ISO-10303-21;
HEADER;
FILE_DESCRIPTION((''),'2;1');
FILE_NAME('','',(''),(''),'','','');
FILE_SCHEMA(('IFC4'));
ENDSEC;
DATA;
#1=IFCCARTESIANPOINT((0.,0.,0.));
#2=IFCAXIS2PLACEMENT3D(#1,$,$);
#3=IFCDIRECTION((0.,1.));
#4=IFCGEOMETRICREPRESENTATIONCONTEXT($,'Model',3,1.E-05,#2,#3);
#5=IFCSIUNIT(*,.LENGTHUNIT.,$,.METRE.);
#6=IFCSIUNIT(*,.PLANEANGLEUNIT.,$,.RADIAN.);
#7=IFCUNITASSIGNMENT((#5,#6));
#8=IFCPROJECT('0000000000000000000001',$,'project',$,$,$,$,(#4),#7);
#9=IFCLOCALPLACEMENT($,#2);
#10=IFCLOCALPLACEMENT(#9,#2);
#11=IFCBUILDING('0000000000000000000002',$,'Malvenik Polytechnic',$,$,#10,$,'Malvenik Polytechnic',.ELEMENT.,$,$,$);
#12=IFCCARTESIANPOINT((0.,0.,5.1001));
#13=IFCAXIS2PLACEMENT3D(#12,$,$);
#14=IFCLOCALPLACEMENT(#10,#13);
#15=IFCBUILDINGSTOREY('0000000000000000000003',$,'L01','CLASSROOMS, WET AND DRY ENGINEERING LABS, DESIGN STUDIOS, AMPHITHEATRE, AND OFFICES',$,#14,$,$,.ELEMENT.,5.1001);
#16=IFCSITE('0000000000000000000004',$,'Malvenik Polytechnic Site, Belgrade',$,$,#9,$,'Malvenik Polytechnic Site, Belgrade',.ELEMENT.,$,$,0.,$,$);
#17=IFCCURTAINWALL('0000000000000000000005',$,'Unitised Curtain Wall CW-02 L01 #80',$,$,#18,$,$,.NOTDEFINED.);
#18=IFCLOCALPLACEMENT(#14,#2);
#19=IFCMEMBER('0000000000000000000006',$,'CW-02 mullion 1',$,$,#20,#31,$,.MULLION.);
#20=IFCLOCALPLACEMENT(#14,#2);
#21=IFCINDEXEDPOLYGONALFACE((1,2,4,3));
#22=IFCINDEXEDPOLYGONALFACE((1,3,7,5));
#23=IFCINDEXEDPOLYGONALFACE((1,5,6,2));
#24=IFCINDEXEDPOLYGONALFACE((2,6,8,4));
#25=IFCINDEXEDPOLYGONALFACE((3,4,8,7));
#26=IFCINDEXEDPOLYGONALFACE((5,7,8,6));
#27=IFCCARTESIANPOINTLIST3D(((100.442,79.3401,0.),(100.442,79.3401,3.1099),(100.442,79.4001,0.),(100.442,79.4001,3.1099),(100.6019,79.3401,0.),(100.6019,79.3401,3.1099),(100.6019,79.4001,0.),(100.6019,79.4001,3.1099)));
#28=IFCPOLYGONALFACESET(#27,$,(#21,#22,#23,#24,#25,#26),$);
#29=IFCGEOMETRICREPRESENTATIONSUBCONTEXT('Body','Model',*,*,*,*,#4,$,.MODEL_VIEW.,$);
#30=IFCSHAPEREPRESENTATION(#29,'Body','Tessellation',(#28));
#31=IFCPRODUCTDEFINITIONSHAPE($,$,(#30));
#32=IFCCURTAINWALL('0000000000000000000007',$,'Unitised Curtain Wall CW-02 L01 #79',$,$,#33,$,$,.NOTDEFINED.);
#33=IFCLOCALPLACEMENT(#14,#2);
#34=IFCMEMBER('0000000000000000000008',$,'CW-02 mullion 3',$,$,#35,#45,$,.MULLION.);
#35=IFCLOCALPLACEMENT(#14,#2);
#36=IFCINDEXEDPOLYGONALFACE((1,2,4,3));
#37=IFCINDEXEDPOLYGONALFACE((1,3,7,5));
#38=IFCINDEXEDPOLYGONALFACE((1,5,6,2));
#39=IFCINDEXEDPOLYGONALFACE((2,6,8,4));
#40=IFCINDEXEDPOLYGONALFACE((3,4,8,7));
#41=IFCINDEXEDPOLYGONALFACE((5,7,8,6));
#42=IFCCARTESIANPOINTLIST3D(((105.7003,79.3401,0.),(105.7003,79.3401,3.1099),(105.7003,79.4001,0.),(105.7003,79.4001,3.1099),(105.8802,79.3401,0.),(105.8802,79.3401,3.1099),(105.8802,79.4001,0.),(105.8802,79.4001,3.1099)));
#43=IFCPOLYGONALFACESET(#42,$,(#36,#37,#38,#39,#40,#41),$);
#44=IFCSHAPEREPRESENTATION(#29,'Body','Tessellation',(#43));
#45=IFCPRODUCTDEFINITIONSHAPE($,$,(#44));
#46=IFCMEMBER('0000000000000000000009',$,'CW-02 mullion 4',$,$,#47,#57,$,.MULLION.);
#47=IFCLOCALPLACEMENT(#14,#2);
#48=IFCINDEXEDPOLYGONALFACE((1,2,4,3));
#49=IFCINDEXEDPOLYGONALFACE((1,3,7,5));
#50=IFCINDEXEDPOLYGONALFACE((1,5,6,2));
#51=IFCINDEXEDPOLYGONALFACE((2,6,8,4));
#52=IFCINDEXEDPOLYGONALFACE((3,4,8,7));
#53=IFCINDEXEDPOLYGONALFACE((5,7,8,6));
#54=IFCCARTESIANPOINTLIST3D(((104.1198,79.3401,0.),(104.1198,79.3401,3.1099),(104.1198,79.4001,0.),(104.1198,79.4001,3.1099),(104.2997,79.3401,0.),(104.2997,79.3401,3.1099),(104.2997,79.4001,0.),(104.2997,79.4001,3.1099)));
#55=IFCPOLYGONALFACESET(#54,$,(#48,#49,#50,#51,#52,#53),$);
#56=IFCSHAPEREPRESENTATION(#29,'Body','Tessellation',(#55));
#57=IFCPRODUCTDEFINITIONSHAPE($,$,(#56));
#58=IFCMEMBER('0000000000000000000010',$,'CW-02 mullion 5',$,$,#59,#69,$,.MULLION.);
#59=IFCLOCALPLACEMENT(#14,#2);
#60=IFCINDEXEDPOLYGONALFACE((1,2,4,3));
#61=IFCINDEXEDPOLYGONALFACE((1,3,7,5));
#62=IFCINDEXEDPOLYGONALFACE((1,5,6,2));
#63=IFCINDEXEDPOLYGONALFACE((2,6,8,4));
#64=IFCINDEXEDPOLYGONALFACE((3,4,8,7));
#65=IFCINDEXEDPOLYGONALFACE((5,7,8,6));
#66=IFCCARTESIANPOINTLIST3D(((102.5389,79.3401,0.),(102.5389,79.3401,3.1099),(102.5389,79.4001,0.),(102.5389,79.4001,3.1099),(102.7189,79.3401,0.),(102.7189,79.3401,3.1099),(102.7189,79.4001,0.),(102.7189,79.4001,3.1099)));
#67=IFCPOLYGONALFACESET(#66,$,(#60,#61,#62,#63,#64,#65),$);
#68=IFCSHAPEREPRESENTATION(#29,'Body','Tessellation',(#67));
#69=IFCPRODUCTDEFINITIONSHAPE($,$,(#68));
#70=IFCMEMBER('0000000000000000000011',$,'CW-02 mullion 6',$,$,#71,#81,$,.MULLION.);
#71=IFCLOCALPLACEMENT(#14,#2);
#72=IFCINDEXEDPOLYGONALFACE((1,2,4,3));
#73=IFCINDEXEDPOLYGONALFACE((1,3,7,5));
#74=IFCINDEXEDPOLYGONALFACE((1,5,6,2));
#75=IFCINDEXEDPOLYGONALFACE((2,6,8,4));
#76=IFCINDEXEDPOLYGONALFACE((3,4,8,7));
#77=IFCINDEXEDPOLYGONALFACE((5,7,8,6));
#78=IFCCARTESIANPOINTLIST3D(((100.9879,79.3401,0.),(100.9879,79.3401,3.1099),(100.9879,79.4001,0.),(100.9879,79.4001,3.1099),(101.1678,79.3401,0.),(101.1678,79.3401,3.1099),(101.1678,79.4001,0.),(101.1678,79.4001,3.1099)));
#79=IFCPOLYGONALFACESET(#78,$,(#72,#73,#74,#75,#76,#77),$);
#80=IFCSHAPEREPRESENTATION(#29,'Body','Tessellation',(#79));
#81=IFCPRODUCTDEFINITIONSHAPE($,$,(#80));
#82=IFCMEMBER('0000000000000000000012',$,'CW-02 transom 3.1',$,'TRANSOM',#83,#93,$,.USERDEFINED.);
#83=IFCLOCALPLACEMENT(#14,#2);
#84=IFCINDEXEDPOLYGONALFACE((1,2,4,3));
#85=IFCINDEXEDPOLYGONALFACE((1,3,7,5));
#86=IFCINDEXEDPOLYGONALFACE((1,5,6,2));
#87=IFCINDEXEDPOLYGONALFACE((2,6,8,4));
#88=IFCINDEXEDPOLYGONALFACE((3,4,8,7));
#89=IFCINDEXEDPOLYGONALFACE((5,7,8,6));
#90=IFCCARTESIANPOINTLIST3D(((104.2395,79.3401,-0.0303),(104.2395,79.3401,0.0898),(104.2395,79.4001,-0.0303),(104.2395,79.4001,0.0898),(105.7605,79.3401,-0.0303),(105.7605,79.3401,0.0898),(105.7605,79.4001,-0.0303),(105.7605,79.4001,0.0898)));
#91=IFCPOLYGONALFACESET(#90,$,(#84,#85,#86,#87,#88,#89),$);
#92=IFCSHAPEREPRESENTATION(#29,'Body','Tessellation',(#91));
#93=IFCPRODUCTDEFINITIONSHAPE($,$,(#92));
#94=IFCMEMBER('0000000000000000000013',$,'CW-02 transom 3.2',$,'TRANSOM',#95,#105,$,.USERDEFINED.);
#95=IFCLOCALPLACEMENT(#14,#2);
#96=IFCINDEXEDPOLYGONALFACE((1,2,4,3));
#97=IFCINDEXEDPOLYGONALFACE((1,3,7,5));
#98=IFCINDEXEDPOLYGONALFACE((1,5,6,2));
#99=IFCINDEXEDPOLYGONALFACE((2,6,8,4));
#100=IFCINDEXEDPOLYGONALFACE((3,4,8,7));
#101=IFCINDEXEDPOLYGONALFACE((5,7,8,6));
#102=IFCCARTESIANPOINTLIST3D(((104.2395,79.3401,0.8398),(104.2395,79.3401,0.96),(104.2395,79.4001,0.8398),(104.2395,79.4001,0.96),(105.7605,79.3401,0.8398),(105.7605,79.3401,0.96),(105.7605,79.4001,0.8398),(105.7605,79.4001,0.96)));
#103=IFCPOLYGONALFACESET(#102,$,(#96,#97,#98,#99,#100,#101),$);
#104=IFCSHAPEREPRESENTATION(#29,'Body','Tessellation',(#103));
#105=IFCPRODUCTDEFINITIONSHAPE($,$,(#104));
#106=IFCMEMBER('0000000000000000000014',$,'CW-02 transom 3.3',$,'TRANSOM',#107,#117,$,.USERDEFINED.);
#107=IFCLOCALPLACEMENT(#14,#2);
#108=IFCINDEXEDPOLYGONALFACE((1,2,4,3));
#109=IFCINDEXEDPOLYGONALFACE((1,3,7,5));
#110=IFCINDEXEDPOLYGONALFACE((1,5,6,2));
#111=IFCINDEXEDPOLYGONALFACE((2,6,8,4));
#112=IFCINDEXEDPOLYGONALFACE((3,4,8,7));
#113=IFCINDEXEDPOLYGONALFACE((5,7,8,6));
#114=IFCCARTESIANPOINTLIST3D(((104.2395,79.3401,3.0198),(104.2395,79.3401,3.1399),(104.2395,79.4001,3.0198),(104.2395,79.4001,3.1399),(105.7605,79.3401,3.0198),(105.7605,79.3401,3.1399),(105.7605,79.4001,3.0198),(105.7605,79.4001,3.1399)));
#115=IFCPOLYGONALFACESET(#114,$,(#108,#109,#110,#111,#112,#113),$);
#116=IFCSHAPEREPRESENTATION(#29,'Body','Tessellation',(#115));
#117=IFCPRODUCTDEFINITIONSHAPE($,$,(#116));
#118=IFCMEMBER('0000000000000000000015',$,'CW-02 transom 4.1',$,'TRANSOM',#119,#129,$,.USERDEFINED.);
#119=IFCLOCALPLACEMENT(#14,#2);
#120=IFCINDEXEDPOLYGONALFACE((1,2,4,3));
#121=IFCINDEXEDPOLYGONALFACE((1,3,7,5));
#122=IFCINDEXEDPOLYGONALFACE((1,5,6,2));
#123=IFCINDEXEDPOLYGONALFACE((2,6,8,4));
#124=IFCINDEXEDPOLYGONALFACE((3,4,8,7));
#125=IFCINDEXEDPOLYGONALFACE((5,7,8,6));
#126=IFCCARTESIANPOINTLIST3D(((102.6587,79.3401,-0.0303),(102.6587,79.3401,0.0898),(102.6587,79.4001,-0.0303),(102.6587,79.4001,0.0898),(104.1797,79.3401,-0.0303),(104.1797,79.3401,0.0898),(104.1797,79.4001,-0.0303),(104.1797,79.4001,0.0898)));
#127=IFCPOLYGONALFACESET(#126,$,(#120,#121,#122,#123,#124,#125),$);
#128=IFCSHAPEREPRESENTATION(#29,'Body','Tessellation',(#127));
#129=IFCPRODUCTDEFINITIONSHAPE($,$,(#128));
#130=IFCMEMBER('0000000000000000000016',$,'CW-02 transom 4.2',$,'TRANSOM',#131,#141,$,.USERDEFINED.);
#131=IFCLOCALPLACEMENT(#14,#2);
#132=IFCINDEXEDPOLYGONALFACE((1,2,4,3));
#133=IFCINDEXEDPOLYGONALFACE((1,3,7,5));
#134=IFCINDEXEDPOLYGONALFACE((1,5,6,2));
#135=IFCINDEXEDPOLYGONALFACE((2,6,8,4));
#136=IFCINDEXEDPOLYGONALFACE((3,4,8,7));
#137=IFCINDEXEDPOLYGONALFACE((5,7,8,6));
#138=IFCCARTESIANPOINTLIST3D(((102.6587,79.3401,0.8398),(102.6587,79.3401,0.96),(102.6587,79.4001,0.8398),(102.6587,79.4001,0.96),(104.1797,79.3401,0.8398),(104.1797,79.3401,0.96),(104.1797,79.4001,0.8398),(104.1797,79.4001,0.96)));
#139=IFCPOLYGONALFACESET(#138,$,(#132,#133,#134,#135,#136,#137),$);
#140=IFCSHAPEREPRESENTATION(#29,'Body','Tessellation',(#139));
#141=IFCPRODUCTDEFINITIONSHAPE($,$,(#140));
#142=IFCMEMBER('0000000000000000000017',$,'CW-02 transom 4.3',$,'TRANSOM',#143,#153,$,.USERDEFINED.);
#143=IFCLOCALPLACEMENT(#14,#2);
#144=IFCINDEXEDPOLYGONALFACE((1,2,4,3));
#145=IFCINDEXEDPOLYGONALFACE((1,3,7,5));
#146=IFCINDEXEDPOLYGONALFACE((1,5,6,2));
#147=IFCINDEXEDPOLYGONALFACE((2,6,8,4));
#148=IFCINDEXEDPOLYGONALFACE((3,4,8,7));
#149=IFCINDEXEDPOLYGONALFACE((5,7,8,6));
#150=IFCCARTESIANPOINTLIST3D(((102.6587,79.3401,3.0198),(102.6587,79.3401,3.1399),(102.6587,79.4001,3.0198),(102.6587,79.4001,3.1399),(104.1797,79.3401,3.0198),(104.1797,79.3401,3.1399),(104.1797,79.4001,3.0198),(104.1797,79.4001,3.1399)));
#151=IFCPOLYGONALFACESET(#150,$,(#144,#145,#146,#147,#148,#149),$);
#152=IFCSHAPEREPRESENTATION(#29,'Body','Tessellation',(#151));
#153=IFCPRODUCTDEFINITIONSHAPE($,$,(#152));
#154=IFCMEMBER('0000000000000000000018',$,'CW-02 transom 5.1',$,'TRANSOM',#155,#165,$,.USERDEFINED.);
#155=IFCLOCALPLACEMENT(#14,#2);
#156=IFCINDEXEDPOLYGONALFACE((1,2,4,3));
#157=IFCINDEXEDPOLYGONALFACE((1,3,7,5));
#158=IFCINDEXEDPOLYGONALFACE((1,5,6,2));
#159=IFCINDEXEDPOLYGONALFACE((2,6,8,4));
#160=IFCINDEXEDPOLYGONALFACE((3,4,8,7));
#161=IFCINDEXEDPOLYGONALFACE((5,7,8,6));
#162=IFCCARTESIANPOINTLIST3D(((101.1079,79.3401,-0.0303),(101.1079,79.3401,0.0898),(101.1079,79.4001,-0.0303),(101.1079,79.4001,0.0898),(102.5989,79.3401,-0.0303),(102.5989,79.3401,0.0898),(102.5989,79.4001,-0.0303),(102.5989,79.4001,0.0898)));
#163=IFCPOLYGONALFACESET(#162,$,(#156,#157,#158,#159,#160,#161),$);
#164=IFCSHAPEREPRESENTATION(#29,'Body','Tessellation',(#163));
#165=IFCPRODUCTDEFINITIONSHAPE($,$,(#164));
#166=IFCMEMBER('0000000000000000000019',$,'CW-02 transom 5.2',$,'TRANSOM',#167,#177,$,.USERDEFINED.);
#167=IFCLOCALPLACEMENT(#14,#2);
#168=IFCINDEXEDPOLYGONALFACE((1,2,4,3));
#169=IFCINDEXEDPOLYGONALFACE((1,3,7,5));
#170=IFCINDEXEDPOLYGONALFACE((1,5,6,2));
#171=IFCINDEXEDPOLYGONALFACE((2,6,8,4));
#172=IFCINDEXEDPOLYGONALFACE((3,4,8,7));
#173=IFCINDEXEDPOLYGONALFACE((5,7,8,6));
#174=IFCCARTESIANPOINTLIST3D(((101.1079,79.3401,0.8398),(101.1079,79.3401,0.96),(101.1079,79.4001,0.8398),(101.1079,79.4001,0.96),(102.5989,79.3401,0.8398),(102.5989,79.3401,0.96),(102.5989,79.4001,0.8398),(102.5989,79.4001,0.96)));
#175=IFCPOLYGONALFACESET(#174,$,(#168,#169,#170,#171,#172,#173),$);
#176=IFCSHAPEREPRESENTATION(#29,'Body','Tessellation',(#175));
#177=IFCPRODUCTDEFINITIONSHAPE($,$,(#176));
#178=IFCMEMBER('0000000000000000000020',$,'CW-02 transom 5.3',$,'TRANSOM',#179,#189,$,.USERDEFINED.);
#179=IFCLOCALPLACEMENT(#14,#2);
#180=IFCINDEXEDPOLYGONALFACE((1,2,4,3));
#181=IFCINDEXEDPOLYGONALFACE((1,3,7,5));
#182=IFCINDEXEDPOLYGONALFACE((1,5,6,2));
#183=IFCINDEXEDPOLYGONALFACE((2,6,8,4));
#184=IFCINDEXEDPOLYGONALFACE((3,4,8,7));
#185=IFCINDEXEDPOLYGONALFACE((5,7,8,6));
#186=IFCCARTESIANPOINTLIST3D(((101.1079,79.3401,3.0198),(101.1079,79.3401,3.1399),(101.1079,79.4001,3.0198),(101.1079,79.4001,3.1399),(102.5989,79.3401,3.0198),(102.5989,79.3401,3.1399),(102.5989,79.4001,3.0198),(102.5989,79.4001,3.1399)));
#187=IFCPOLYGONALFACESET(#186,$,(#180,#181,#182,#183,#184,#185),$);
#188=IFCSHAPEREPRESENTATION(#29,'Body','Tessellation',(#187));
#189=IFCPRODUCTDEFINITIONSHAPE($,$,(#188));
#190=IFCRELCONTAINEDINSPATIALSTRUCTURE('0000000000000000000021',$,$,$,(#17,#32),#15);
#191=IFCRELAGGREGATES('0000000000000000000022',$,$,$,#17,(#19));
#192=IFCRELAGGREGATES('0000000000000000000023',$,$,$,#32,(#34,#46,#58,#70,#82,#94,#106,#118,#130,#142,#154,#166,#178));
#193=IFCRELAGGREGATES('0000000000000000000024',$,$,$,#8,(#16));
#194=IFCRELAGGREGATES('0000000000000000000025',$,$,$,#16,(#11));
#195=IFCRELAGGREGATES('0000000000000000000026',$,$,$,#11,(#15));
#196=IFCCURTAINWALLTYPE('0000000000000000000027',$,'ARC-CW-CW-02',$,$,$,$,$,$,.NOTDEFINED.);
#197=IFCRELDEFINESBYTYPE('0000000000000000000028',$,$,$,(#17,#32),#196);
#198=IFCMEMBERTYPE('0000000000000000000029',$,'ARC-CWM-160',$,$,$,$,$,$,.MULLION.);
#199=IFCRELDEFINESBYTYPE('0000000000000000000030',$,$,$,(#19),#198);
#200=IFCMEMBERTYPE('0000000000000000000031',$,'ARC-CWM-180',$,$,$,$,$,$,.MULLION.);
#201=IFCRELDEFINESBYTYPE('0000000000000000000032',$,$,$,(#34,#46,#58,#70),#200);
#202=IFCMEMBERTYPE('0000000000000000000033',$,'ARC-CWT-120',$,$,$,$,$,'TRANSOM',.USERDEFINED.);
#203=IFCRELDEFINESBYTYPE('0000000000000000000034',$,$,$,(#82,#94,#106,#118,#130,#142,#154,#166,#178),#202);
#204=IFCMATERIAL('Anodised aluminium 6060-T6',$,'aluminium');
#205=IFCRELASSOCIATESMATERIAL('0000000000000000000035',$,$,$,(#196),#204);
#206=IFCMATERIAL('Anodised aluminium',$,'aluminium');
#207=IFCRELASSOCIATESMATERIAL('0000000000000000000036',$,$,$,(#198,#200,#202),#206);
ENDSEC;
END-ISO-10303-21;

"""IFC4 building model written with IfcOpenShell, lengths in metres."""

from ifc_helpers import new_model, si_unit, direction, frame, origin, origin_2d, place, context, subcontext, project, spatial, rectangle, extrude, material, material_profile, profile_set, type_object, element, aggregate, save


model = new_model("IFC4")

# Units and contexts
model_context = context("Model", 3, precision=1e-05, world=origin(), true_north=direction((0.0, 1.0)))
body_context = subcontext(model_context, "Body", "Model", "MODEL_VIEW")
ifc_project = project(units=[si_unit("LENGTHUNIT", "METRE"), si_unit("PLANEANGLEUNIT", "RADIAN")], contexts=[model_context])

# Site, building, storey
site_placement = place(None, origin())
site = spatial("IfcSite", under=ifc_project, at=site_placement, Name="Malvenik Polytechnic Site, Belgrade", LongName="Malvenik Polytechnic Site, Belgrade", CompositionType="ELEMENT", RefElevation=0.0)
building_placement = place(site_placement, origin())
building = spatial("IfcBuilding", under=site, at=building_placement, Name="Malvenik Polytechnic", LongName="Malvenik Polytechnic", CompositionType="ELEMENT")
storey_placement = place(building_placement, frame((0.0, 0.0, 5.1001)))
storey = spatial("IfcBuildingStorey", under=building, at=storey_placement, Name="L01", Description="CLASSROOMS, WET AND DRY ENGINEERING LABS, DESIGN STUDIOS, AMPHITHEATRE, AND OFFICES", CompositionType="ELEMENT", Elevation=5.1001)

# Curtain wall, member
ifc_material_1 = material(Name="Anodised aluminium 6060-T6", Category="aluminium")
curtain_wall_type = type_object("IfcCurtainWallType", Name="ARC-CW-CW-02", PredefinedType="NOTDEFINED", material=ifc_material_1)
curtain_wall_1_placement = place(storey_placement, origin())
curtain_wall_1 = element("IfcCurtainWall", 1, at=curtain_wall_1_placement, inside=storey, type_object=curtain_wall_type, Name="Unitised Curtain Wall CW-02 L01 #80", PredefinedType="NOTDEFINED")
ifc_material_2 = material(Name="Anodised aluminium", Category="aluminium")
ifc_material_profile_1 = material_profile(ifc_material_2, rectangle(XDim=0.0601, YDim=0.1599, at=origin_2d()), Name="ALU MULLION 60x160")
ifc_profile_set_1 = profile_set([ifc_material_profile_1], Name="Anodised aluminium")
member_type_1 = type_object("IfcMemberType", Name="ARC-CWM-160", PredefinedType="MULLION", material=ifc_profile_set_1)
member_1_placement = place(storey_placement, frame((100.522, 79.3701, 0.0), z_axis=(0.0, 0.0, 1.0), x_axis=(0.0, -1.0, 0.0)))
member_1 = element("IfcMember", 2, at=member_1_placement, type_object=member_type_1, Name="CW-02 mullion 1", PredefinedType="MULLION", context=body_context, shape_type="SweptSolid", body=[
    extrude(rectangle(XDim=0.0601, YDim=0.1599, at=origin_2d()), origin(), (0.0, 0.0, 1.0), 3.1099),
])
aggregate(curtain_wall_1, [member_1])

# Curtain wall, members
curtain_wall_2_placement = place(storey_placement, origin())
curtain_wall_2 = element("IfcCurtainWall", 3, at=curtain_wall_2_placement, inside=storey, type_object=curtain_wall_type, Name="Unitised Curtain Wall CW-02 L01 #79", PredefinedType="NOTDEFINED")
ifc_material_profile_2 = material_profile(ifc_material_2, rectangle(XDim=0.0601, YDim=0.1799, at=origin_2d()), Name="ALU MULLION 60x180")
ifc_profile_set_2 = profile_set([ifc_material_profile_2], Name="Anodised aluminium")
member_type_2 = type_object("IfcMemberType", Name="ARC-CWM-180", PredefinedType="MULLION", material=ifc_profile_set_2)
member_2_placement = place(storey_placement, frame((105.7903, 79.3701, 0.0), z_axis=(0.0, 0.0, 1.0), x_axis=(0.0, -1.0, 0.0)))
member_2 = element("IfcMember", 4, at=member_2_placement, type_object=member_type_2, Name="CW-02 mullion 3", PredefinedType="MULLION", context=body_context, shape_type="SweptSolid", body=[
    extrude(rectangle(XDim=0.0601, YDim=0.1799, at=origin_2d()), origin(), (0.0, 0.0, 1.0), 3.1099),
])
member_3_placement = place(storey_placement, frame((104.2097, 79.3701, 0.0), z_axis=(0.0, 0.0, 1.0), x_axis=(0.0, -1.0, 0.0)))
member_3 = element("IfcMember", 5, at=member_3_placement, type_object=member_type_2, Name="CW-02 mullion 4", PredefinedType="MULLION", context=body_context, shape_type="SweptSolid", body=[
    extrude(rectangle(XDim=0.0601, YDim=0.1799, at=origin_2d()), origin(), (0.0, 0.0, 1.0), 3.1099),
])
member_4_placement = place(storey_placement, frame((102.6289, 79.3701, 0.0), z_axis=(0.0, 0.0, 1.0), x_axis=(0.0, -1.0, 0.0)))
member_4 = element("IfcMember", 6, at=member_4_placement, type_object=member_type_2, Name="CW-02 mullion 5", PredefinedType="MULLION", context=body_context, shape_type="SweptSolid", body=[
    extrude(rectangle(XDim=0.0601, YDim=0.1799, at=origin_2d()), origin(), (0.0, 0.0, 1.0), 3.1099),
])
member_5_placement = place(storey_placement, frame((101.0779, 79.3701, 0.0), z_axis=(0.0, 0.0, 1.0), x_axis=(0.0, -1.0, 0.0)))
member_5 = element("IfcMember", 7, at=member_5_placement, type_object=member_type_2, Name="CW-02 mullion 6", PredefinedType="MULLION", context=body_context, shape_type="SweptSolid", body=[
    extrude(rectangle(XDim=0.0601, YDim=0.1799, at=origin_2d()), origin(), (0.0, 0.0, 1.0), 3.1099),
])
ifc_material_profile_3 = material_profile(ifc_material_2, rectangle(XDim=0.0601, YDim=0.1201, at=origin_2d()), Name="ALU TRANSOM 60x120")
ifc_profile_set_3 = profile_set([ifc_material_profile_3], Name="Anodised aluminium")
member_type_3 = type_object("IfcMemberType", Name="ARC-CWT-120", ElementType="TRANSOM", PredefinedType="USERDEFINED", material=ifc_profile_set_3)
member_6_placement = place(storey_placement, frame((105.7605, 79.3701, 0.0298), z_axis=(-1.0, 0.0, 0.0), x_axis=(0.0, -1.0, 0.0)))
member_6 = element("IfcMember", 8, at=member_6_placement, type_object=member_type_3, Name="CW-02 transom 3.1", ObjectType="TRANSOM", PredefinedType="USERDEFINED", context=body_context, shape_type="SweptSolid", body=[
    extrude(rectangle(XDim=0.0601, YDim=0.1201, at=origin_2d()), origin(), (0.0, 0.0, 1.0), 1.521),
])
member_7_placement = place(storey_placement, frame((105.7605, 79.3701, 0.8999), z_axis=(-1.0, 0.0, 0.0), x_axis=(0.0, -1.0, 0.0)))
member_7 = element("IfcMember", 9, at=member_7_placement, type_object=member_type_3, Name="CW-02 transom 3.2", ObjectType="TRANSOM", PredefinedType="USERDEFINED", context=body_context, shape_type="SweptSolid", body=[
    extrude(rectangle(XDim=0.0601, YDim=0.1201, at=origin_2d()), origin(), (0.0, 0.0, 1.0), 1.521),
])
member_8_placement = place(storey_placement, frame((105.7605, 79.3701, 3.0798), z_axis=(-1.0, 0.0, 0.0), x_axis=(0.0, -1.0, 0.0)))
member_8 = element("IfcMember", 10, at=member_8_placement, type_object=member_type_3, Name="CW-02 transom 3.3", ObjectType="TRANSOM", PredefinedType="USERDEFINED", context=body_context, shape_type="SweptSolid", body=[
    extrude(rectangle(XDim=0.0601, YDim=0.1201, at=origin_2d()), origin(), (0.0, 0.0, 1.0), 1.521),
])
member_9_placement = place(storey_placement, frame((104.1797, 79.3701, 0.0298), z_axis=(-1.0, 0.0, 0.0), x_axis=(0.0, -1.0, 0.0)))
member_9 = element("IfcMember", 11, at=member_9_placement, type_object=member_type_3, Name="CW-02 transom 4.1", ObjectType="TRANSOM", PredefinedType="USERDEFINED", context=body_context, shape_type="SweptSolid", body=[
    extrude(rectangle(XDim=0.0601, YDim=0.1201, at=origin_2d()), origin(), (0.0, 0.0, 1.0), 1.521),
])
member_10_placement = place(storey_placement, frame((104.1797, 79.3701, 0.8999), z_axis=(-1.0, 0.0, 0.0), x_axis=(0.0, -1.0, 0.0)))
member_10 = element("IfcMember", 12, at=member_10_placement, type_object=member_type_3, Name="CW-02 transom 4.2", ObjectType="TRANSOM", PredefinedType="USERDEFINED", context=body_context, shape_type="SweptSolid", body=[
    extrude(rectangle(XDim=0.0601, YDim=0.1201, at=origin_2d()), origin(), (0.0, 0.0, 1.0), 1.521),
])
member_11_placement = place(storey_placement, frame((104.1797, 79.3701, 3.0798), z_axis=(-1.0, 0.0, 0.0), x_axis=(0.0, -1.0, 0.0)))
member_11 = element("IfcMember", 13, at=member_11_placement, type_object=member_type_3, Name="CW-02 transom 4.3", ObjectType="TRANSOM", PredefinedType="USERDEFINED", context=body_context, shape_type="SweptSolid", body=[
    extrude(rectangle(XDim=0.0601, YDim=0.1201, at=origin_2d()), origin(), (0.0, 0.0, 1.0), 1.521),
])
member_12_placement = place(storey_placement, frame((102.5989, 79.3701, 0.0298), z_axis=(-1.0, 0.0, 0.0), x_axis=(0.0, -1.0, 0.0)))
member_12 = element("IfcMember", 14, at=member_12_placement, type_object=member_type_3, Name="CW-02 transom 5.1", ObjectType="TRANSOM", PredefinedType="USERDEFINED", context=body_context, shape_type="SweptSolid", body=[
    extrude(rectangle(XDim=0.0601, YDim=0.1201, at=origin_2d()), origin(), (0.0, 0.0, 1.0), 1.491),
])
member_13_placement = place(storey_placement, frame((102.5989, 79.3701, 0.8999), z_axis=(-1.0, 0.0, 0.0), x_axis=(0.0, -1.0, 0.0)))
member_13 = element("IfcMember", 15, at=member_13_placement, type_object=member_type_3, Name="CW-02 transom 5.2", ObjectType="TRANSOM", PredefinedType="USERDEFINED", context=body_context, shape_type="SweptSolid", body=[
    extrude(rectangle(XDim=0.0601, YDim=0.1201, at=origin_2d()), origin(), (0.0, 0.0, 1.0), 1.491),
])
member_14_placement = place(storey_placement, frame((102.5989, 79.3701, 3.0798), z_axis=(-1.0, 0.0, 0.0), x_axis=(0.0, -1.0, 0.0)))
member_14 = element("IfcMember", 16, at=member_14_placement, type_object=member_type_3, Name="CW-02 transom 5.3", ObjectType="TRANSOM", PredefinedType="USERDEFINED", context=body_context, shape_type="SweptSolid", body=[
    extrude(rectangle(XDim=0.0601, YDim=0.1201, at=origin_2d()), origin(), (0.0, 0.0, 1.0), 1.491),
])

aggregate(curtain_wall_2, [member_2, member_3, member_4, member_5, member_6, member_7, member_8, member_9, member_10, member_11, member_12, member_13, member_14])

save(model, "model.ifc")
